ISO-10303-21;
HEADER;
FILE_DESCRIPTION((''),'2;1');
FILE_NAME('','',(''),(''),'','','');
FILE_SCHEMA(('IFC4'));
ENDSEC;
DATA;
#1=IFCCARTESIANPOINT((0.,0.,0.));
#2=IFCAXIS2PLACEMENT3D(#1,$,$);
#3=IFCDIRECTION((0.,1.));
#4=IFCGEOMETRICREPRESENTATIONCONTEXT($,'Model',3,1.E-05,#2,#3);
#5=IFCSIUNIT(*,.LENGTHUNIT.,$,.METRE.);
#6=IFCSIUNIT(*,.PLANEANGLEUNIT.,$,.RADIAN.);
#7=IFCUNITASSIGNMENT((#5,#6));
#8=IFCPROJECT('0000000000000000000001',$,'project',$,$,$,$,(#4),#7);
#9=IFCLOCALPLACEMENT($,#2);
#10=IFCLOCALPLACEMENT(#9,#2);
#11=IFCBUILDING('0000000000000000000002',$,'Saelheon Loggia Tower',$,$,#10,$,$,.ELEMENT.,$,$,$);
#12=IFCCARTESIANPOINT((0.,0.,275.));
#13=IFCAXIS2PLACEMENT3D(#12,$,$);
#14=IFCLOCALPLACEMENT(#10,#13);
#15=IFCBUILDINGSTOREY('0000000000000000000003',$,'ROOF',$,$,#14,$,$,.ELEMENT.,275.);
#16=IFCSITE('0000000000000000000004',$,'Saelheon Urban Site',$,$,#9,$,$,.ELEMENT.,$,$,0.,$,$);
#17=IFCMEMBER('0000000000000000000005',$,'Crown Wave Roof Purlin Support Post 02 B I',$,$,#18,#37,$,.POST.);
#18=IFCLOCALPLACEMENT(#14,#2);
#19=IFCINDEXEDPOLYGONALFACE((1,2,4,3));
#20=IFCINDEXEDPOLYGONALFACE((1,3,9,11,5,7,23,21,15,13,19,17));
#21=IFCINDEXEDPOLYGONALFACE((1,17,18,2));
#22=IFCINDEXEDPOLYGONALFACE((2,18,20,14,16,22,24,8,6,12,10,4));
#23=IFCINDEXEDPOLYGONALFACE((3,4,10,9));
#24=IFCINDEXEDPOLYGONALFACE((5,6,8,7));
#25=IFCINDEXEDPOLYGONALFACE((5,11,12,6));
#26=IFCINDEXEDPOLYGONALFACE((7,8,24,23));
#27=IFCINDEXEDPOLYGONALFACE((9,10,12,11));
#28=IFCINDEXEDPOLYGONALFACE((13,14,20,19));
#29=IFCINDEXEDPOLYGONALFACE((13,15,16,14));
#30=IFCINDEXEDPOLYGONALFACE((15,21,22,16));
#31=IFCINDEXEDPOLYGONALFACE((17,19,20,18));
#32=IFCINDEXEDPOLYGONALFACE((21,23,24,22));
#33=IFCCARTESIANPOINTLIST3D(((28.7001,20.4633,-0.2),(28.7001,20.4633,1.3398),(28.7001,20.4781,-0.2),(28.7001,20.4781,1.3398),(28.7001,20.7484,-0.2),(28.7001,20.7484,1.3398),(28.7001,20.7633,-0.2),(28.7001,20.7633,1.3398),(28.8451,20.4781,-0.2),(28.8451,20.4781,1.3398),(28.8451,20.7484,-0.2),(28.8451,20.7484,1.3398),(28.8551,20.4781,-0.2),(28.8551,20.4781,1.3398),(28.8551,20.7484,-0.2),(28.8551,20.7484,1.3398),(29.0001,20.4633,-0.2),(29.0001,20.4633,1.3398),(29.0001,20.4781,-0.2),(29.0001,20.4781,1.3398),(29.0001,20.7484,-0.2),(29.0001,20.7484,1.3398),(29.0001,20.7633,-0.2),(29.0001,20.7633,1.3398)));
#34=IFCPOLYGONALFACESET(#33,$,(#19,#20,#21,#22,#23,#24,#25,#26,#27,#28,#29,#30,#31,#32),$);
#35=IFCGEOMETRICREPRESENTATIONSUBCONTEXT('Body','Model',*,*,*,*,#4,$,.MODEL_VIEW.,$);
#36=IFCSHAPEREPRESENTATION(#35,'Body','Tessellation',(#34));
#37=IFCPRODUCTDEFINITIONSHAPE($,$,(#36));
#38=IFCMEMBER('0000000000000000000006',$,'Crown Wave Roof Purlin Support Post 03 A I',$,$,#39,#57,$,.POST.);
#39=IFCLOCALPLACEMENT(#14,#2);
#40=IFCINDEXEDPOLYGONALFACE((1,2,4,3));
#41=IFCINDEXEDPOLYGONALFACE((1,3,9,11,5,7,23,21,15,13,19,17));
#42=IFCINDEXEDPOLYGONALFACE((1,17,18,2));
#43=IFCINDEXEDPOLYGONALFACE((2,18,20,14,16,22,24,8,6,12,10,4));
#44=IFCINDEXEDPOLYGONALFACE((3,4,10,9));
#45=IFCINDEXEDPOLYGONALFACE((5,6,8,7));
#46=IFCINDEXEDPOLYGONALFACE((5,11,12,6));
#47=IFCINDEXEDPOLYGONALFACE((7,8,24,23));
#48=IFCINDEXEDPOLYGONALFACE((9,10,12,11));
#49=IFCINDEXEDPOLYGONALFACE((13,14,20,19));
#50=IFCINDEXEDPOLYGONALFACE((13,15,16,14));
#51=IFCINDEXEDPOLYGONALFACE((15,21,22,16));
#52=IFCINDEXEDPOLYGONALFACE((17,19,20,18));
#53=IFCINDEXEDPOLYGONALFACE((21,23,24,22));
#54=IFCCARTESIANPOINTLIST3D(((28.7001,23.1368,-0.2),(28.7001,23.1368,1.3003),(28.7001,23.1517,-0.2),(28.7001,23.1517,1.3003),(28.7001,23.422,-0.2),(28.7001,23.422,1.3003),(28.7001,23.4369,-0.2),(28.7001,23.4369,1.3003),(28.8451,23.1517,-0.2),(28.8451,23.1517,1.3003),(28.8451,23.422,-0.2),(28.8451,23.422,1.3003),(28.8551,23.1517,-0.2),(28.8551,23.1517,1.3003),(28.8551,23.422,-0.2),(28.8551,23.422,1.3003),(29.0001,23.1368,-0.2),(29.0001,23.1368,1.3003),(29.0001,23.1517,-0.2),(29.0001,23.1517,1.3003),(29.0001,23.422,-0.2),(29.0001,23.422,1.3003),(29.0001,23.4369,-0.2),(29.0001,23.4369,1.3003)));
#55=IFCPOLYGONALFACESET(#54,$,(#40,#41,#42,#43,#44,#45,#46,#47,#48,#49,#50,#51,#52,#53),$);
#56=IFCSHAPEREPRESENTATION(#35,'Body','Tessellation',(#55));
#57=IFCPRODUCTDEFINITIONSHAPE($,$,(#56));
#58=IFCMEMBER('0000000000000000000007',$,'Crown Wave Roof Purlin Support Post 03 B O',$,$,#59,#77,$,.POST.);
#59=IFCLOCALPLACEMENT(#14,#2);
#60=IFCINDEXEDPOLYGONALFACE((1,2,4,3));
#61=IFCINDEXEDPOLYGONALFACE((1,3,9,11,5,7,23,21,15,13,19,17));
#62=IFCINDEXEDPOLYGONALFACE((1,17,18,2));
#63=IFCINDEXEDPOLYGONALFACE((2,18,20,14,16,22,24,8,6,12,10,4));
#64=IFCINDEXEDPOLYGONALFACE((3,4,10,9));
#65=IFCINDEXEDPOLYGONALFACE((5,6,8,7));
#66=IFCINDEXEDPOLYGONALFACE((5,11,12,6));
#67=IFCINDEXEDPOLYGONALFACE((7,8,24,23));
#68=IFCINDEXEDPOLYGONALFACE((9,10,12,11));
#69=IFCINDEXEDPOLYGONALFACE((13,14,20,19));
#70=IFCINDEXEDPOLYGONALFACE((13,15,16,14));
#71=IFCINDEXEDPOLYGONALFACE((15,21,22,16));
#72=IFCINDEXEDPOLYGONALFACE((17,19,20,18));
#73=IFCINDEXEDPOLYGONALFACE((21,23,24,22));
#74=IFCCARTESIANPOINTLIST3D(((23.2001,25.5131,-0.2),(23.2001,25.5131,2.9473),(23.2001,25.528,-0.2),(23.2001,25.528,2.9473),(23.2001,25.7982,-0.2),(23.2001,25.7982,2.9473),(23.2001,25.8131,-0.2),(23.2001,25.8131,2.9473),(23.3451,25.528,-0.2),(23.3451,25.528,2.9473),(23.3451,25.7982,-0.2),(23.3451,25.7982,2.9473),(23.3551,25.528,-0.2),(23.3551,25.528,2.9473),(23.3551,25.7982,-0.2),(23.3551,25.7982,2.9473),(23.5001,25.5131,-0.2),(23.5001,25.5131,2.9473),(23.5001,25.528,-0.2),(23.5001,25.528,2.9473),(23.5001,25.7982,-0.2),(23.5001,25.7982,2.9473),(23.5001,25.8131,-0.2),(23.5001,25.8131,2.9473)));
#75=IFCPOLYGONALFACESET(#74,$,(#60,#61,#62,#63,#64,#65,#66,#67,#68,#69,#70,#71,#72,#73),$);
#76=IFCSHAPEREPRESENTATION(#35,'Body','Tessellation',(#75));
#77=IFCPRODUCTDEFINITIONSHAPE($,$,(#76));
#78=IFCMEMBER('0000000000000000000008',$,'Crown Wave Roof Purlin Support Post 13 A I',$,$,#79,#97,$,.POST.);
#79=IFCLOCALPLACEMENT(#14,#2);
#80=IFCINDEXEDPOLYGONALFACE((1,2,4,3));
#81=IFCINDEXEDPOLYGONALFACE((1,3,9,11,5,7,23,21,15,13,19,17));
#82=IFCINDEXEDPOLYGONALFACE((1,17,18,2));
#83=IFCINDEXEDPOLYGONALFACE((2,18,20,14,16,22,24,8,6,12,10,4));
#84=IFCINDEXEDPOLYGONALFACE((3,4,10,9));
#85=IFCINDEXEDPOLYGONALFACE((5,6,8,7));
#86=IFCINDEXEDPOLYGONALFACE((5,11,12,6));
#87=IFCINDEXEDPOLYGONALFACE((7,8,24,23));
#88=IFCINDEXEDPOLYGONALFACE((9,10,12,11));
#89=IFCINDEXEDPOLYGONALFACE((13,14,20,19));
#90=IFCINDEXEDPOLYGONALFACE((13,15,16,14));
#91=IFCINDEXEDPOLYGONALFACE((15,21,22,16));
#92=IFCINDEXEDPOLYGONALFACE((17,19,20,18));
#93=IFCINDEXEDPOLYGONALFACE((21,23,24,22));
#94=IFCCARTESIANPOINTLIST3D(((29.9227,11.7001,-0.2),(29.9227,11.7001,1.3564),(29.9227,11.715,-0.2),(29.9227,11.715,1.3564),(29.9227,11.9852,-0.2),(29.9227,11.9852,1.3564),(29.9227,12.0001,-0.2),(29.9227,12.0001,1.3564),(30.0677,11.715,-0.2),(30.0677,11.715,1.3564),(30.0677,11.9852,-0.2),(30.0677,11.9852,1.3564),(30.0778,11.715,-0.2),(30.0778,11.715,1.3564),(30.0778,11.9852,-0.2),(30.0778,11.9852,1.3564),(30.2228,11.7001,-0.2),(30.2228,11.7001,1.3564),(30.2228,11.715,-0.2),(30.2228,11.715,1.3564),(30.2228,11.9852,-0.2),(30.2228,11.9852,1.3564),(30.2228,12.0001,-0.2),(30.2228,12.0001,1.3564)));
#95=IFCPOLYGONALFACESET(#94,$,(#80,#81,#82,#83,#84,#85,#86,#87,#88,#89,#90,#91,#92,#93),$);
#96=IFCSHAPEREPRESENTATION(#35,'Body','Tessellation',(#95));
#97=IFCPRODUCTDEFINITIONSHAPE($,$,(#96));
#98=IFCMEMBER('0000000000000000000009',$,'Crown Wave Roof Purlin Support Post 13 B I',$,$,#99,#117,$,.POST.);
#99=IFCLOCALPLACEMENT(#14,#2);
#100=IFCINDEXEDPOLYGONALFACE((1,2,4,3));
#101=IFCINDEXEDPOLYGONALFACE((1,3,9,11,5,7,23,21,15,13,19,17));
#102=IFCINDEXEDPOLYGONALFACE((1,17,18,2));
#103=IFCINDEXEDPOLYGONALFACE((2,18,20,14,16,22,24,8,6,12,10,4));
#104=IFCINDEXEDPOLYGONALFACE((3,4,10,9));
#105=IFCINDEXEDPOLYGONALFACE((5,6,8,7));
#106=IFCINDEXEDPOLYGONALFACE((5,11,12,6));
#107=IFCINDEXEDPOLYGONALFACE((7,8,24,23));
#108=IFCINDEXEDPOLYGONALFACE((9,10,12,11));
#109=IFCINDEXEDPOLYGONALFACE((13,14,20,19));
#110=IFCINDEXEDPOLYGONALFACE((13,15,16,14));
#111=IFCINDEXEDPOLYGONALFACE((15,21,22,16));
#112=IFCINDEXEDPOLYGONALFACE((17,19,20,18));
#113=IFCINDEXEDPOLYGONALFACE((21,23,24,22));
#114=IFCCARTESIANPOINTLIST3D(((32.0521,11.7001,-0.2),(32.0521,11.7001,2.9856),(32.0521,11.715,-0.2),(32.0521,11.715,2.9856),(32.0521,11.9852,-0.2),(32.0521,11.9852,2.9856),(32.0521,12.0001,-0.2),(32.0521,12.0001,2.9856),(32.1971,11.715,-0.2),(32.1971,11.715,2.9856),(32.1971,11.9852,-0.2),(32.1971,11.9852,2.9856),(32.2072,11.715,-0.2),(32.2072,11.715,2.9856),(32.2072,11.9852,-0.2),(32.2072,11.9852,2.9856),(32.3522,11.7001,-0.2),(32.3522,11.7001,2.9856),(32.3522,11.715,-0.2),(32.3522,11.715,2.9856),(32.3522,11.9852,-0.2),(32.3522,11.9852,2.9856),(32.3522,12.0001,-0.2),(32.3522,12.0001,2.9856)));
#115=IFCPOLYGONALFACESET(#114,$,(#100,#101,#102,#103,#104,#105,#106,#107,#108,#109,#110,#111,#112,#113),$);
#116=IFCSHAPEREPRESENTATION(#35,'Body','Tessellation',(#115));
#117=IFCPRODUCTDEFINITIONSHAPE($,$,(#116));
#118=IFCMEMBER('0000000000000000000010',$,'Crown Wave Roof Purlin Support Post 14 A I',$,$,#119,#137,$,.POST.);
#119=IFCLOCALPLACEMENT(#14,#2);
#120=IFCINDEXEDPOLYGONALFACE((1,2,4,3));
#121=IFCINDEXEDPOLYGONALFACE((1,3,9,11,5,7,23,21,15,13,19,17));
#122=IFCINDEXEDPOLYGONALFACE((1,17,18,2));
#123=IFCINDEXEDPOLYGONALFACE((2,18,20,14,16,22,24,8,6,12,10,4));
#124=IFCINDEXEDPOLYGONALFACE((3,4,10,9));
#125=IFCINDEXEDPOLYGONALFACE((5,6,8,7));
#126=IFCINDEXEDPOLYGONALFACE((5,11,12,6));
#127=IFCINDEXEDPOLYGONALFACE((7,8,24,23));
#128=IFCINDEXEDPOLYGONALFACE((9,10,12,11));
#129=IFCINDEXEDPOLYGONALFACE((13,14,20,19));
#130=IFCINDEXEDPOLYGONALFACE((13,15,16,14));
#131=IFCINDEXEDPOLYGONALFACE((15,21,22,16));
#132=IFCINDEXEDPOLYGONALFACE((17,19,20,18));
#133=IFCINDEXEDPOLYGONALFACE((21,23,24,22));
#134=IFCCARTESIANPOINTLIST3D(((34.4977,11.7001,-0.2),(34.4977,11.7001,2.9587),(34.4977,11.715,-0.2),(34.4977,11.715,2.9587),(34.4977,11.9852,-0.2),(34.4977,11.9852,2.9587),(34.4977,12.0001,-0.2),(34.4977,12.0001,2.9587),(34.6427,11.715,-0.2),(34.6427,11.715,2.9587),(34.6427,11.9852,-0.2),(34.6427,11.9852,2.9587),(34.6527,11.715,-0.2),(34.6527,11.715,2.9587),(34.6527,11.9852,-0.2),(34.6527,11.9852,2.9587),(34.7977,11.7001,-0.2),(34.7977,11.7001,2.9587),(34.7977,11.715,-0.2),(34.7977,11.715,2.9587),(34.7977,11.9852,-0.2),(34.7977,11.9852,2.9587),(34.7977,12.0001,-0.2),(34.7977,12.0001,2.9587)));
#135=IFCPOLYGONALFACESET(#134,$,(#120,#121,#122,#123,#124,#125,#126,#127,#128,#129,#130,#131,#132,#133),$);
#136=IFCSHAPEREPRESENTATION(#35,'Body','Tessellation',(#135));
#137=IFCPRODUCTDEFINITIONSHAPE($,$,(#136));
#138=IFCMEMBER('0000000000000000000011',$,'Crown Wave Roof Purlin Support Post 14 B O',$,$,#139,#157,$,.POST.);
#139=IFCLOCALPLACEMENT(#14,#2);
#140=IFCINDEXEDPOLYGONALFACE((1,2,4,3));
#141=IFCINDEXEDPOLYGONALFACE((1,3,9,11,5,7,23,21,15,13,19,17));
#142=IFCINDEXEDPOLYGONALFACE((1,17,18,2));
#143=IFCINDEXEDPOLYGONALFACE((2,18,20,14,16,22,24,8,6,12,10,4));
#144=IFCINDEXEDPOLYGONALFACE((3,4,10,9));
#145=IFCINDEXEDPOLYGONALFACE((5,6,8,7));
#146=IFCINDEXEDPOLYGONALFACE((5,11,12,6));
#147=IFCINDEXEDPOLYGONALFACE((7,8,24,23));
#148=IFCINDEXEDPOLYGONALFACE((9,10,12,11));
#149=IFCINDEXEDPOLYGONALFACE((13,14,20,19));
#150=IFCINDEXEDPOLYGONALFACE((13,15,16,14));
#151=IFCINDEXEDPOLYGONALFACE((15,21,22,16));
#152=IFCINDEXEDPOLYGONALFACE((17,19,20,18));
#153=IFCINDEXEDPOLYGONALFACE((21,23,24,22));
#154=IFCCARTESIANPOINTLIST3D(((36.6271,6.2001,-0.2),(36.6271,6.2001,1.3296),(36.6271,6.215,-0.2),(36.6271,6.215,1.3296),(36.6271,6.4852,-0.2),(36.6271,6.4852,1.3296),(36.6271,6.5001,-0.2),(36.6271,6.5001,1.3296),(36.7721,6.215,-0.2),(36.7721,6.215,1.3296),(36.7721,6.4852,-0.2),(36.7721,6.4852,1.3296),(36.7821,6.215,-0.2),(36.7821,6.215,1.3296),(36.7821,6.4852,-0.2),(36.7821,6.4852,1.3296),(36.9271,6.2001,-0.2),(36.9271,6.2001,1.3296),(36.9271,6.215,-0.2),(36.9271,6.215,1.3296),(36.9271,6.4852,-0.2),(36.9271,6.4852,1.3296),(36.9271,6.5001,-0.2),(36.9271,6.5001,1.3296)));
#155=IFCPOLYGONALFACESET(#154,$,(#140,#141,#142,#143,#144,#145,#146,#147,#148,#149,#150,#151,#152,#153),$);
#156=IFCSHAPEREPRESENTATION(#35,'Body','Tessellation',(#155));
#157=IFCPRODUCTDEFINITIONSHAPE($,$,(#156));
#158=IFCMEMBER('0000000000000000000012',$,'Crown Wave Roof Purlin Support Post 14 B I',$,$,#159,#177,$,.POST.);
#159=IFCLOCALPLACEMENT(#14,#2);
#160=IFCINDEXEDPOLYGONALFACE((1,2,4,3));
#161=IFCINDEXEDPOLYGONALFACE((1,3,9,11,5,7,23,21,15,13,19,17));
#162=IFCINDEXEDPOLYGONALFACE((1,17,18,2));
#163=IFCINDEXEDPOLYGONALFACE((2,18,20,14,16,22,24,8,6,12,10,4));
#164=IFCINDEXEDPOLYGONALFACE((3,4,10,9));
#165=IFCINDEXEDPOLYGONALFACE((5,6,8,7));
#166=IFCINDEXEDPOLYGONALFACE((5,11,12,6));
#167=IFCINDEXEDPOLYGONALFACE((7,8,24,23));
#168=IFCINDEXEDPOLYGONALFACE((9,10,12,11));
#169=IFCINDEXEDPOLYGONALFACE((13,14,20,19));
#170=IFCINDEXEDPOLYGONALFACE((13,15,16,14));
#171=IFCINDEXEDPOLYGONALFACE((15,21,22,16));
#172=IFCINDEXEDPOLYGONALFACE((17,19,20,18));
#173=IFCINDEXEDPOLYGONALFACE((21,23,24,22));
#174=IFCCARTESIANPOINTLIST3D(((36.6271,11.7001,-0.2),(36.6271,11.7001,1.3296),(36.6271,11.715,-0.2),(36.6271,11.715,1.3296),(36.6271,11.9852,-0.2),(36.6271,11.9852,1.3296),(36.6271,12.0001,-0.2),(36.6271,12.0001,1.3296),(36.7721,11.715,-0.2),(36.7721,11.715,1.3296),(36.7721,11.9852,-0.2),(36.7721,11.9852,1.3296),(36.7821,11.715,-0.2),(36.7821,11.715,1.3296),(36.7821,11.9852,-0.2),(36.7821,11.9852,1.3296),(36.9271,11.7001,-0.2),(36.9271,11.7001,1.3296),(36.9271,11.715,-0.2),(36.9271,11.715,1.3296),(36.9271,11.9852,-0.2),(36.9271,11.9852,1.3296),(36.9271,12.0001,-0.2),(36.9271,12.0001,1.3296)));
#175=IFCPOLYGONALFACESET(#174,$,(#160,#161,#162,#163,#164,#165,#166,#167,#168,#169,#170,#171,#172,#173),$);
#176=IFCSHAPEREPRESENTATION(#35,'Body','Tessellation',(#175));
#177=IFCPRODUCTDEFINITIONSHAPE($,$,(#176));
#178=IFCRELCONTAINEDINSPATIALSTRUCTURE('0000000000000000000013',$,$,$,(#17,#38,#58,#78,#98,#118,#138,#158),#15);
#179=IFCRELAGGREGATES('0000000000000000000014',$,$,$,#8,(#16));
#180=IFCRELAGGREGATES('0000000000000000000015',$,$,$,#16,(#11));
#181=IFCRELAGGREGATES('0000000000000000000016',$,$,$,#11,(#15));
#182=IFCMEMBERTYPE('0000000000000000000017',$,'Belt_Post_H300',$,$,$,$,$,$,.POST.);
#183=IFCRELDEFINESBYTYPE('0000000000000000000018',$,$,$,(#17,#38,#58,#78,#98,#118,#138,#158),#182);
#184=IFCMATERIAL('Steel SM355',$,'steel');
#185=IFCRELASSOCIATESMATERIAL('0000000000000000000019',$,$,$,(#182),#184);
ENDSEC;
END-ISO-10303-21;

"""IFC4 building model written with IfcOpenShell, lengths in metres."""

from ifc_helpers import new_model, si_unit, direction, frame, origin, origin_2d, place, context, subcontext, project, spatial, i_section, extrude, source, transform, mapped, material, material_profile, profile_set, type_object, element, save


model = new_model("IFC4")

# Units and contexts
model_context = context("Model", 3, precision=1e-05, world=origin(), true_north=direction((0.0, 1.0)))
body_context = subcontext(model_context, "Body", "Model", "MODEL_VIEW")
ifc_project = project(units=[si_unit("LENGTHUNIT", "METRE"), si_unit("PLANEANGLEUNIT", "RADIAN")], contexts=[model_context])

# Site, building, storey
site_placement = place(None, origin())
site = spatial("IfcSite", under=ifc_project, at=site_placement, Name="Saelheon Urban Site", CompositionType="ELEMENT", RefElevation=0.0)
building_placement = place(site_placement, origin())
building = spatial("IfcBuilding", under=site, at=building_placement, Name="Saelheon Loggia Tower", CompositionType="ELEMENT")
storey_placement = place(building_placement, frame((0.0, 0.0, 275.0)))
storey = spatial("IfcBuildingStorey", under=building, at=storey_placement, Name="ROOF", CompositionType="ELEMENT", Elevation=275.0)

# Members
ifc_material_1 = material(Name="Steel SM355", Category="steel")
ifc_material_profile_1 = material_profile(ifc_material_1, i_section(OverallWidth=0.3, OverallDepth=0.3, WebThickness=0.01, FlangeThickness=0.0149, at=origin_2d()), Name="H-300x300x10x15")
ifc_profile_set_1 = profile_set([ifc_material_profile_1], Name="Steel SM355")
member_type_1 = type_object("IfcMemberType", Name="Belt_Post_H300", PredefinedType="POST", material=ifc_profile_set_1)
shared_shape_1 = source(origin(), body_context, "Body", "SweptSolid", [
    extrude(i_section(OverallWidth=0.3, OverallDepth=0.3, WebThickness=0.01, FlangeThickness=0.0149, at=origin_2d()), origin(), (0.0, 0.0, 1.0), 1.5398),
])
member_1_placement = place(storey_placement, frame((28.8501, 20.6133, -0.2), z_axis=(0.0, 0.0, 1.0), x_axis=(1.0, 0.0, 0.0)))
element("IfcMember", 1, at=member_1_placement, inside=storey, type_object=member_type_1, Name="Crown Wave Roof Purlin Support Post 02 B I", PredefinedType="POST", context=body_context, shape_type="MappedRepresentation", body=[
    mapped(shared_shape_1, transform((0.0, 0.0, 0.0), scale=1.0)),
])
shared_shape_2 = source(origin(), body_context, "Body", "SweptSolid", [
    extrude(i_section(OverallWidth=0.3, OverallDepth=0.3, WebThickness=0.01, FlangeThickness=0.0149, at=origin_2d()), origin(), (0.0, 0.0, 1.0), 1.5002),
])
member_2_placement = place(storey_placement, frame((28.8501, 23.2869, -0.2), z_axis=(0.0, 0.0, 1.0), x_axis=(1.0, 0.0, 0.0)))
element("IfcMember", 2, at=member_2_placement, inside=storey, type_object=member_type_1, Name="Crown Wave Roof Purlin Support Post 03 A I", PredefinedType="POST", context=body_context, shape_type="MappedRepresentation", body=[
    mapped(shared_shape_2, transform((0.0, 0.0, 0.0), scale=1.0)),
])
shared_shape_3 = source(origin(), body_context, "Body", "SweptSolid", [
    extrude(i_section(OverallWidth=0.3, OverallDepth=0.3, WebThickness=0.01, FlangeThickness=0.0149, at=origin_2d()), origin(), (0.0, 0.0, 1.0), 3.1472),
])
member_3_placement = place(storey_placement, frame((23.3501, 25.6631, -0.2), z_axis=(0.0, 0.0, 1.0), x_axis=(1.0, 0.0, 0.0)))
element("IfcMember", 3, at=member_3_placement, inside=storey, type_object=member_type_1, Name="Crown Wave Roof Purlin Support Post 03 B O", PredefinedType="POST", context=body_context, shape_type="MappedRepresentation", body=[
    mapped(shared_shape_3, transform((0.0, 0.0, 0.0), scale=1.0)),
])
shared_shape_4 = source(origin(), body_context, "Body", "SweptSolid", [
    extrude(i_section(OverallWidth=0.3, OverallDepth=0.3, WebThickness=0.01, FlangeThickness=0.0149, at=origin_2d()), origin(), (0.0, 0.0, 1.0), 1.5564),
])
member_4_placement = place(storey_placement, frame((30.0728, 11.8501, -0.2), z_axis=(0.0, 0.0, 1.0), x_axis=(1.0, 0.0, 0.0)))
element("IfcMember", 4, at=member_4_placement, inside=storey, type_object=member_type_1, Name="Crown Wave Roof Purlin Support Post 13 A I", PredefinedType="POST", context=body_context, shape_type="MappedRepresentation", body=[
    mapped(shared_shape_4, transform((0.0, 0.0, 0.0), scale=1.0)),
])
shared_shape_5 = source(origin(), body_context, "Body", "SweptSolid", [
    extrude(i_section(OverallWidth=0.3, OverallDepth=0.3, WebThickness=0.01, FlangeThickness=0.0149, at=origin_2d()), origin(), (0.0, 0.0, 1.0), 3.1855),
])
member_5_placement = place(storey_placement, frame((32.2021, 11.8501, -0.2), z_axis=(0.0, 0.0, 1.0), x_axis=(1.0, 0.0, 0.0)))
element("IfcMember", 5, at=member_5_placement, inside=storey, type_object=member_type_1, Name="Crown Wave Roof Purlin Support Post 13 B I", PredefinedType="POST", context=body_context, shape_type="MappedRepresentation", body=[
    mapped(shared_shape_5, transform((0.0, 0.0, 0.0), scale=1.0)),
])
shared_shape_6 = source(origin(), body_context, "Body", "SweptSolid", [
    extrude(i_section(OverallWidth=0.3, OverallDepth=0.3, WebThickness=0.01, FlangeThickness=0.0149, at=origin_2d()), origin(), (0.0, 0.0, 1.0), 3.1587),
])
member_6_placement = place(storey_placement, frame((34.6477, 11.8501, -0.2), z_axis=(0.0, 0.0, 1.0), x_axis=(1.0, 0.0, 0.0)))
element("IfcMember", 6, at=member_6_placement, inside=storey, type_object=member_type_1, Name="Crown Wave Roof Purlin Support Post 14 A I", PredefinedType="POST", context=body_context, shape_type="MappedRepresentation", body=[
    mapped(shared_shape_6, transform((0.0, 0.0, 0.0), scale=1.0)),
])
shared_shape_7 = source(origin(), body_context, "Body", "SweptSolid", [
    extrude(i_section(OverallWidth=0.3, OverallDepth=0.3, WebThickness=0.01, FlangeThickness=0.0149, at=origin_2d()), origin(), (0.0, 0.0, 1.0), 1.5295),
])
for number, where, z_axis, x_axis, name in (
    (7, (36.7771, 6.3501, -0.2), (0.0, 0.0, 1.0), (1.0, 0.0, 0.0), "Crown Wave Roof Purlin Support Post 14 B O"),
    (8, (36.7771, 11.8501, -0.2), (0.0, 0.0, 1.0), (1.0, 0.0, 0.0), "Crown Wave Roof Purlin Support Post 14 B I"),
):
    element("IfcMember", number, at=place(storey_placement, frame(where, z_axis=z_axis, x_axis=x_axis)), inside=storey, type_object=member_type_1, Name=name, PredefinedType="POST", context=body_context, shape_type="MappedRepresentation", body=[
        mapped(shared_shape_7, transform((0.0, 0.0, 0.0), scale=1.0)),
    ])

save(model, "model.ifc")
